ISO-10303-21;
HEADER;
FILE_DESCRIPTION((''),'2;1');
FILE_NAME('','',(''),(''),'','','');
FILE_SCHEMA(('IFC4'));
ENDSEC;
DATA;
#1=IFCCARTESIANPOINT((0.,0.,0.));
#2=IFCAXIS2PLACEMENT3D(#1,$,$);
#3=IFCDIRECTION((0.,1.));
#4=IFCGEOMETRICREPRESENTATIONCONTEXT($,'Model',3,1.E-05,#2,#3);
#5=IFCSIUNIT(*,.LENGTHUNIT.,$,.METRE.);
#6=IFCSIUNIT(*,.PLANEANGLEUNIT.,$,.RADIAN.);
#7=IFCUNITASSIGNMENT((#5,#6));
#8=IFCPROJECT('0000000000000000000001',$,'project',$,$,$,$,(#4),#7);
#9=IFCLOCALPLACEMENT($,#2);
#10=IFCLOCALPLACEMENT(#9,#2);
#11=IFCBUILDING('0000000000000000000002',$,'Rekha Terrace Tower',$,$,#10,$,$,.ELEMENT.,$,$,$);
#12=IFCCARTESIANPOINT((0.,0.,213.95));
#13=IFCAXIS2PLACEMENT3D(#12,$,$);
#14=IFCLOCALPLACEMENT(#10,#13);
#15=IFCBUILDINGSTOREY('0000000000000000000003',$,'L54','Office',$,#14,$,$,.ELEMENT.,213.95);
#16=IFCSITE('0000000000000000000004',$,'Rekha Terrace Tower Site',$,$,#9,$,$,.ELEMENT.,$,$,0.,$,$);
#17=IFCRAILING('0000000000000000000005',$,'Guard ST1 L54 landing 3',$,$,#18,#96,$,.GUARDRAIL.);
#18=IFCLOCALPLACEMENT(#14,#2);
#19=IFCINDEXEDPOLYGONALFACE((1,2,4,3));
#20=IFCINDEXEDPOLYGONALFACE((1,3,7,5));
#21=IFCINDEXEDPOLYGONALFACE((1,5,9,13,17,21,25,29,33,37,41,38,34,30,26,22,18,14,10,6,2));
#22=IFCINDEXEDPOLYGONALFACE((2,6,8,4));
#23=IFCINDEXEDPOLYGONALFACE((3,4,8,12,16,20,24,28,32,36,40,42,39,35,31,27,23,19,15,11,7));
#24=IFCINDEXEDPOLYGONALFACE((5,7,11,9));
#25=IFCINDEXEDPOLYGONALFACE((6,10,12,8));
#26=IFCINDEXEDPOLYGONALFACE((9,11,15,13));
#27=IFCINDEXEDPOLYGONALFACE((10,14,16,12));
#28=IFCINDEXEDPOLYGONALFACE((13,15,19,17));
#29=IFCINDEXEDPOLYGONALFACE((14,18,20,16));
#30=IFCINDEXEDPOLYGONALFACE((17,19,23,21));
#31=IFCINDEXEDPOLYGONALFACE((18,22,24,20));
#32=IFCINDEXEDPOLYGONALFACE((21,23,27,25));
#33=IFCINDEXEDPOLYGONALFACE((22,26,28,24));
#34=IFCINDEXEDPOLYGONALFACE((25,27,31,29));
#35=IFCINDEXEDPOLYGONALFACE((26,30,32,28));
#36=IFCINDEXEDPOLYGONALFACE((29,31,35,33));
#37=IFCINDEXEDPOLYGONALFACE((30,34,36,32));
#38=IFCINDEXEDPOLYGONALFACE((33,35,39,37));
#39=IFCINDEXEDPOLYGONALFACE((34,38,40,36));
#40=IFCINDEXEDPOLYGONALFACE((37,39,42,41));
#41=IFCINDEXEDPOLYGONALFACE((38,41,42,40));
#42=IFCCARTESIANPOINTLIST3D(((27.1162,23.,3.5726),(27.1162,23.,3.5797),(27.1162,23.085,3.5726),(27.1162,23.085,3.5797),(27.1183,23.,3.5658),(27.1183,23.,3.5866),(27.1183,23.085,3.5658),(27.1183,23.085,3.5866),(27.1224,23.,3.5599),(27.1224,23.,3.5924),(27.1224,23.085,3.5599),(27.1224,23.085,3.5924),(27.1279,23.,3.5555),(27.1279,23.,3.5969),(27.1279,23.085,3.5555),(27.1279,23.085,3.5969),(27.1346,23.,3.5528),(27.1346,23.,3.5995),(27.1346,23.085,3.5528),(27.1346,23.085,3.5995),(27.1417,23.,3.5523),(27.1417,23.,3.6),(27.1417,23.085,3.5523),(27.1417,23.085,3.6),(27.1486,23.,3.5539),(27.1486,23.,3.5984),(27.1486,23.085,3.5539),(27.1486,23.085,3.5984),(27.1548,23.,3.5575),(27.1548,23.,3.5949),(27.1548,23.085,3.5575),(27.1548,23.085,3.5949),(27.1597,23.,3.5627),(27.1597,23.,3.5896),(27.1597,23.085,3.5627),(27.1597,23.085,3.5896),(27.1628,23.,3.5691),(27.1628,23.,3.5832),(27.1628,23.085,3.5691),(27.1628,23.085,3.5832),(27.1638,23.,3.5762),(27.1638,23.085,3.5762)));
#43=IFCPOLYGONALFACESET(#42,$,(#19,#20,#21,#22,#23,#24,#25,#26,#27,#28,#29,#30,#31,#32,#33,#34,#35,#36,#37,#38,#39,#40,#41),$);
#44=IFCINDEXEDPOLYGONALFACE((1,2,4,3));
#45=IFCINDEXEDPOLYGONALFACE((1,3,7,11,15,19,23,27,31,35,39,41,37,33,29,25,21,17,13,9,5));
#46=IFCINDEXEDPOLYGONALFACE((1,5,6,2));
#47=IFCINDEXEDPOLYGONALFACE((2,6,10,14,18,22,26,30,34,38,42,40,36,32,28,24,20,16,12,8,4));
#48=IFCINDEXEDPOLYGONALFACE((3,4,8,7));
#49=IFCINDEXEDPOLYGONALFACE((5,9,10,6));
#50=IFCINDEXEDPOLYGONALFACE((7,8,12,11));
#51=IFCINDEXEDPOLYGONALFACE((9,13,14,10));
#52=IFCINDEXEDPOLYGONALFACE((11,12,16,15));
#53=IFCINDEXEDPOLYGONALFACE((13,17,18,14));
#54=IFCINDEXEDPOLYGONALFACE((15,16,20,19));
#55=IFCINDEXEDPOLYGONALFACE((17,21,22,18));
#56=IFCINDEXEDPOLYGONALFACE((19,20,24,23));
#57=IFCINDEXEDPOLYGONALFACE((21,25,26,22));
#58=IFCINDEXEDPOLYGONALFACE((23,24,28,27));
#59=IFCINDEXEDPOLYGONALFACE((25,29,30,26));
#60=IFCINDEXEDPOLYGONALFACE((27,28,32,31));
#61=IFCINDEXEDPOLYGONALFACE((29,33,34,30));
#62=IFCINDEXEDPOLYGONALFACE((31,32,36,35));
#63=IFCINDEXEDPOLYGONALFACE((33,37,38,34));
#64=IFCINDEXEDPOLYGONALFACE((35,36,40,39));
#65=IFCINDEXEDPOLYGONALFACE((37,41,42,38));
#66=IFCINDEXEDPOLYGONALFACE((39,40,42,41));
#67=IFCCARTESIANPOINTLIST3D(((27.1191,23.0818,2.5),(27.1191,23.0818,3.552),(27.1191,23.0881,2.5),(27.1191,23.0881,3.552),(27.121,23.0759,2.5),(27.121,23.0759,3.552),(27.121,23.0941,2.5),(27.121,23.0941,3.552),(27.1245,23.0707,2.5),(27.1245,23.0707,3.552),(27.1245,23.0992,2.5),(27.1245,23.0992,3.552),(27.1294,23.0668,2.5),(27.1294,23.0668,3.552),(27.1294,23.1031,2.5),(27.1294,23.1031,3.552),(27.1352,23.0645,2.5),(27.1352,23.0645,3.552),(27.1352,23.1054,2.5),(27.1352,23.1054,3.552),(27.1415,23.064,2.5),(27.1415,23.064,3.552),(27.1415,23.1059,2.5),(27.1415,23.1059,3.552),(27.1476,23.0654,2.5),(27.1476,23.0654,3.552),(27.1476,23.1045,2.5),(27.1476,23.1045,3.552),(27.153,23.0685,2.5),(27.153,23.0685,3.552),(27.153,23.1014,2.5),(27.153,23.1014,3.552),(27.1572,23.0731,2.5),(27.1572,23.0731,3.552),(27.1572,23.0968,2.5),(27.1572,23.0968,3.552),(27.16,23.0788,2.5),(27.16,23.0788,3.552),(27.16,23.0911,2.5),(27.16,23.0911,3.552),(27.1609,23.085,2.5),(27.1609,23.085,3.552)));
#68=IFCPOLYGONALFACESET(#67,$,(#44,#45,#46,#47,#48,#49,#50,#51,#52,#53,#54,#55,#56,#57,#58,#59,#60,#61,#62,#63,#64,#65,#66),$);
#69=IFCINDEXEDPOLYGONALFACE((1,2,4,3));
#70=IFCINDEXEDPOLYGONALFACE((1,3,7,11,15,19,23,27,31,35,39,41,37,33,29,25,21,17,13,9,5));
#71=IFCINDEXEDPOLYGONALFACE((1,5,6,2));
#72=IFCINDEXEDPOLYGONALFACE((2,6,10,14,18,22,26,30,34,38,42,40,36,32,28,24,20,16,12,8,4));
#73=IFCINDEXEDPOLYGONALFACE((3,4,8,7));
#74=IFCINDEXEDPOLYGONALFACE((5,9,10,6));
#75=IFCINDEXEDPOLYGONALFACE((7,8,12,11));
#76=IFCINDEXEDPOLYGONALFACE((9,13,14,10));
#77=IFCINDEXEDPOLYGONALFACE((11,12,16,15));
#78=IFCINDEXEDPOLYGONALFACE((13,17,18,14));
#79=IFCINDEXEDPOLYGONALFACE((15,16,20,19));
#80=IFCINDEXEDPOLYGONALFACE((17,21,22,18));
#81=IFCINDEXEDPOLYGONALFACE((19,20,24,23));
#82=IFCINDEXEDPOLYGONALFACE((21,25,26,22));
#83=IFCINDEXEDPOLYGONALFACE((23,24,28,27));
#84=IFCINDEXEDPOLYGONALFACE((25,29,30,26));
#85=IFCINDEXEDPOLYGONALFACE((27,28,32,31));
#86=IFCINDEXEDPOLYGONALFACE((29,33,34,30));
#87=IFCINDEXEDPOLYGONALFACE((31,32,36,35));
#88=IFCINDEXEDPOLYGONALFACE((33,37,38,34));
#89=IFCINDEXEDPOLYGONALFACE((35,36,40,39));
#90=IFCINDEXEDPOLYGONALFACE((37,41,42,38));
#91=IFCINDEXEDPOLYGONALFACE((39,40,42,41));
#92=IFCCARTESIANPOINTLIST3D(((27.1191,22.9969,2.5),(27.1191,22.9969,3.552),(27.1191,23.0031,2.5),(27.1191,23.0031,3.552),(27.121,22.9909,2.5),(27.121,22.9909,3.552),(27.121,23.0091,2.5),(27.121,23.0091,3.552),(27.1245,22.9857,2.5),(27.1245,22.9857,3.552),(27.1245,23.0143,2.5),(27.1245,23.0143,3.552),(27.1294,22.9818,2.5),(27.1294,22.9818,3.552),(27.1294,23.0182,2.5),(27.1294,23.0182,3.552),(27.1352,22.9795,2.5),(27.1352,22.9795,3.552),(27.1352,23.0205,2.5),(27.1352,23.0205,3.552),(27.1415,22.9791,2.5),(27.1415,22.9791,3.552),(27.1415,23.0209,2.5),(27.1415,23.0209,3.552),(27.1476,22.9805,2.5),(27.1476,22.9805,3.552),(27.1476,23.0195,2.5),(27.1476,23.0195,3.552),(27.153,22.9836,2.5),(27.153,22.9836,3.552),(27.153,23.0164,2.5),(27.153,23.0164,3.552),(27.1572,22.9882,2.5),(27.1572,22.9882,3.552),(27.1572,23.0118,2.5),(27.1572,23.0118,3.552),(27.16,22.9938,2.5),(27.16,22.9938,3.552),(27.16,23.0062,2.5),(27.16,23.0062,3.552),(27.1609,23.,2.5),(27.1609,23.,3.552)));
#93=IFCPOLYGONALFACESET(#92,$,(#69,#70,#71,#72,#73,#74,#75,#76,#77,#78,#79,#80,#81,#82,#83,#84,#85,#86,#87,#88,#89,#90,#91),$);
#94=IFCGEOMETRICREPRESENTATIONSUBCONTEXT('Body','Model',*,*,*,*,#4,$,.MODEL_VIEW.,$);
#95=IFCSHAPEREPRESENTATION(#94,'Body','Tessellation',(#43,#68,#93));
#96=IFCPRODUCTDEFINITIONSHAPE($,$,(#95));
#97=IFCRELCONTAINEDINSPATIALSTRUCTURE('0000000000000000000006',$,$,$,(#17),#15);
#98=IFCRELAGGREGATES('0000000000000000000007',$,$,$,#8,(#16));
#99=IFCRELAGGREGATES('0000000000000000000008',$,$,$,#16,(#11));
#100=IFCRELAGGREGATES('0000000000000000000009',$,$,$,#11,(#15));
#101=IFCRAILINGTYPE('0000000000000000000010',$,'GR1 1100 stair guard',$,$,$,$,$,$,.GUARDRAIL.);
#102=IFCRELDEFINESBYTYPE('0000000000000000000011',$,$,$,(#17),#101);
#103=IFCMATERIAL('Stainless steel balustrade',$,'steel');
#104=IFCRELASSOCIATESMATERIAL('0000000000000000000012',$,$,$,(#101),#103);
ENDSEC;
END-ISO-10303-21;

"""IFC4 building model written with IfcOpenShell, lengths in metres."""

from ifc_helpers import new_model, si_unit, direction, frame, origin, origin_2d, place, context, subcontext, project, spatial, circle, extrude, material, type_object, element, save


model = new_model("IFC4")

# Units and contexts
model_context = context("Model", 3, precision=1e-05, world=origin(), true_north=direction((0.0, 1.0)))
body_context = subcontext(model_context, "Body", "Model", "MODEL_VIEW")
ifc_project = project(units=[si_unit("LENGTHUNIT", "METRE"), si_unit("PLANEANGLEUNIT", "RADIAN")], contexts=[model_context])

# Site, building, storey
site_placement = place(None, origin())
site = spatial("IfcSite", under=ifc_project, at=site_placement, Name="Rekha Terrace Tower Site", CompositionType="ELEMENT", RefElevation=0.0)
building_placement = place(site_placement, origin())
building = spatial("IfcBuilding", under=site, at=building_placement, Name="Rekha Terrace Tower", CompositionType="ELEMENT")
storey_placement = place(building_placement, frame((0.0, 0.0, 213.95)))
storey = spatial("IfcBuildingStorey", under=building, at=storey_placement, Name="L54", Description="Office", CompositionType="ELEMENT", Elevation=213.95)

# Railing
ifc_material_1 = material(Name="Stainless steel balustrade", Category="steel")
railing_type_1 = type_object("IfcRailingType", Name="GR1 1100 stair guard", PredefinedType="GUARDRAIL", material=ifc_material_1)
railing_1_placement = place(storey_placement, frame((27.1399, 23.085, 2.5)))
element("IfcRailing", 1, at=railing_1_placement, inside=storey, type_object=railing_type_1, Name="Guard ST1 L54 landing 3", PredefinedType="GUARDRAIL", context=body_context, shape_type="SweptSolid", body=[
    extrude(circle(Radius=0.0239, at=origin_2d()), frame((0.0, 0.0, 1.0762), z_axis=(0.0, -1.0, 0.0), x_axis=(1.0, 0.0, 0.0)), (0.0, 0.0, 1.0), 0.085),
    extrude(circle(Radius=0.021, at=origin_2d()), origin(), (0.0, 0.0, 1.0), 1.052),
    extrude(circle(Radius=0.021, at=origin_2d()), frame((0.0, -0.085, 0.0)), (0.0, 0.0, 1.0), 1.052),
])

save(model, "model.ifc")
